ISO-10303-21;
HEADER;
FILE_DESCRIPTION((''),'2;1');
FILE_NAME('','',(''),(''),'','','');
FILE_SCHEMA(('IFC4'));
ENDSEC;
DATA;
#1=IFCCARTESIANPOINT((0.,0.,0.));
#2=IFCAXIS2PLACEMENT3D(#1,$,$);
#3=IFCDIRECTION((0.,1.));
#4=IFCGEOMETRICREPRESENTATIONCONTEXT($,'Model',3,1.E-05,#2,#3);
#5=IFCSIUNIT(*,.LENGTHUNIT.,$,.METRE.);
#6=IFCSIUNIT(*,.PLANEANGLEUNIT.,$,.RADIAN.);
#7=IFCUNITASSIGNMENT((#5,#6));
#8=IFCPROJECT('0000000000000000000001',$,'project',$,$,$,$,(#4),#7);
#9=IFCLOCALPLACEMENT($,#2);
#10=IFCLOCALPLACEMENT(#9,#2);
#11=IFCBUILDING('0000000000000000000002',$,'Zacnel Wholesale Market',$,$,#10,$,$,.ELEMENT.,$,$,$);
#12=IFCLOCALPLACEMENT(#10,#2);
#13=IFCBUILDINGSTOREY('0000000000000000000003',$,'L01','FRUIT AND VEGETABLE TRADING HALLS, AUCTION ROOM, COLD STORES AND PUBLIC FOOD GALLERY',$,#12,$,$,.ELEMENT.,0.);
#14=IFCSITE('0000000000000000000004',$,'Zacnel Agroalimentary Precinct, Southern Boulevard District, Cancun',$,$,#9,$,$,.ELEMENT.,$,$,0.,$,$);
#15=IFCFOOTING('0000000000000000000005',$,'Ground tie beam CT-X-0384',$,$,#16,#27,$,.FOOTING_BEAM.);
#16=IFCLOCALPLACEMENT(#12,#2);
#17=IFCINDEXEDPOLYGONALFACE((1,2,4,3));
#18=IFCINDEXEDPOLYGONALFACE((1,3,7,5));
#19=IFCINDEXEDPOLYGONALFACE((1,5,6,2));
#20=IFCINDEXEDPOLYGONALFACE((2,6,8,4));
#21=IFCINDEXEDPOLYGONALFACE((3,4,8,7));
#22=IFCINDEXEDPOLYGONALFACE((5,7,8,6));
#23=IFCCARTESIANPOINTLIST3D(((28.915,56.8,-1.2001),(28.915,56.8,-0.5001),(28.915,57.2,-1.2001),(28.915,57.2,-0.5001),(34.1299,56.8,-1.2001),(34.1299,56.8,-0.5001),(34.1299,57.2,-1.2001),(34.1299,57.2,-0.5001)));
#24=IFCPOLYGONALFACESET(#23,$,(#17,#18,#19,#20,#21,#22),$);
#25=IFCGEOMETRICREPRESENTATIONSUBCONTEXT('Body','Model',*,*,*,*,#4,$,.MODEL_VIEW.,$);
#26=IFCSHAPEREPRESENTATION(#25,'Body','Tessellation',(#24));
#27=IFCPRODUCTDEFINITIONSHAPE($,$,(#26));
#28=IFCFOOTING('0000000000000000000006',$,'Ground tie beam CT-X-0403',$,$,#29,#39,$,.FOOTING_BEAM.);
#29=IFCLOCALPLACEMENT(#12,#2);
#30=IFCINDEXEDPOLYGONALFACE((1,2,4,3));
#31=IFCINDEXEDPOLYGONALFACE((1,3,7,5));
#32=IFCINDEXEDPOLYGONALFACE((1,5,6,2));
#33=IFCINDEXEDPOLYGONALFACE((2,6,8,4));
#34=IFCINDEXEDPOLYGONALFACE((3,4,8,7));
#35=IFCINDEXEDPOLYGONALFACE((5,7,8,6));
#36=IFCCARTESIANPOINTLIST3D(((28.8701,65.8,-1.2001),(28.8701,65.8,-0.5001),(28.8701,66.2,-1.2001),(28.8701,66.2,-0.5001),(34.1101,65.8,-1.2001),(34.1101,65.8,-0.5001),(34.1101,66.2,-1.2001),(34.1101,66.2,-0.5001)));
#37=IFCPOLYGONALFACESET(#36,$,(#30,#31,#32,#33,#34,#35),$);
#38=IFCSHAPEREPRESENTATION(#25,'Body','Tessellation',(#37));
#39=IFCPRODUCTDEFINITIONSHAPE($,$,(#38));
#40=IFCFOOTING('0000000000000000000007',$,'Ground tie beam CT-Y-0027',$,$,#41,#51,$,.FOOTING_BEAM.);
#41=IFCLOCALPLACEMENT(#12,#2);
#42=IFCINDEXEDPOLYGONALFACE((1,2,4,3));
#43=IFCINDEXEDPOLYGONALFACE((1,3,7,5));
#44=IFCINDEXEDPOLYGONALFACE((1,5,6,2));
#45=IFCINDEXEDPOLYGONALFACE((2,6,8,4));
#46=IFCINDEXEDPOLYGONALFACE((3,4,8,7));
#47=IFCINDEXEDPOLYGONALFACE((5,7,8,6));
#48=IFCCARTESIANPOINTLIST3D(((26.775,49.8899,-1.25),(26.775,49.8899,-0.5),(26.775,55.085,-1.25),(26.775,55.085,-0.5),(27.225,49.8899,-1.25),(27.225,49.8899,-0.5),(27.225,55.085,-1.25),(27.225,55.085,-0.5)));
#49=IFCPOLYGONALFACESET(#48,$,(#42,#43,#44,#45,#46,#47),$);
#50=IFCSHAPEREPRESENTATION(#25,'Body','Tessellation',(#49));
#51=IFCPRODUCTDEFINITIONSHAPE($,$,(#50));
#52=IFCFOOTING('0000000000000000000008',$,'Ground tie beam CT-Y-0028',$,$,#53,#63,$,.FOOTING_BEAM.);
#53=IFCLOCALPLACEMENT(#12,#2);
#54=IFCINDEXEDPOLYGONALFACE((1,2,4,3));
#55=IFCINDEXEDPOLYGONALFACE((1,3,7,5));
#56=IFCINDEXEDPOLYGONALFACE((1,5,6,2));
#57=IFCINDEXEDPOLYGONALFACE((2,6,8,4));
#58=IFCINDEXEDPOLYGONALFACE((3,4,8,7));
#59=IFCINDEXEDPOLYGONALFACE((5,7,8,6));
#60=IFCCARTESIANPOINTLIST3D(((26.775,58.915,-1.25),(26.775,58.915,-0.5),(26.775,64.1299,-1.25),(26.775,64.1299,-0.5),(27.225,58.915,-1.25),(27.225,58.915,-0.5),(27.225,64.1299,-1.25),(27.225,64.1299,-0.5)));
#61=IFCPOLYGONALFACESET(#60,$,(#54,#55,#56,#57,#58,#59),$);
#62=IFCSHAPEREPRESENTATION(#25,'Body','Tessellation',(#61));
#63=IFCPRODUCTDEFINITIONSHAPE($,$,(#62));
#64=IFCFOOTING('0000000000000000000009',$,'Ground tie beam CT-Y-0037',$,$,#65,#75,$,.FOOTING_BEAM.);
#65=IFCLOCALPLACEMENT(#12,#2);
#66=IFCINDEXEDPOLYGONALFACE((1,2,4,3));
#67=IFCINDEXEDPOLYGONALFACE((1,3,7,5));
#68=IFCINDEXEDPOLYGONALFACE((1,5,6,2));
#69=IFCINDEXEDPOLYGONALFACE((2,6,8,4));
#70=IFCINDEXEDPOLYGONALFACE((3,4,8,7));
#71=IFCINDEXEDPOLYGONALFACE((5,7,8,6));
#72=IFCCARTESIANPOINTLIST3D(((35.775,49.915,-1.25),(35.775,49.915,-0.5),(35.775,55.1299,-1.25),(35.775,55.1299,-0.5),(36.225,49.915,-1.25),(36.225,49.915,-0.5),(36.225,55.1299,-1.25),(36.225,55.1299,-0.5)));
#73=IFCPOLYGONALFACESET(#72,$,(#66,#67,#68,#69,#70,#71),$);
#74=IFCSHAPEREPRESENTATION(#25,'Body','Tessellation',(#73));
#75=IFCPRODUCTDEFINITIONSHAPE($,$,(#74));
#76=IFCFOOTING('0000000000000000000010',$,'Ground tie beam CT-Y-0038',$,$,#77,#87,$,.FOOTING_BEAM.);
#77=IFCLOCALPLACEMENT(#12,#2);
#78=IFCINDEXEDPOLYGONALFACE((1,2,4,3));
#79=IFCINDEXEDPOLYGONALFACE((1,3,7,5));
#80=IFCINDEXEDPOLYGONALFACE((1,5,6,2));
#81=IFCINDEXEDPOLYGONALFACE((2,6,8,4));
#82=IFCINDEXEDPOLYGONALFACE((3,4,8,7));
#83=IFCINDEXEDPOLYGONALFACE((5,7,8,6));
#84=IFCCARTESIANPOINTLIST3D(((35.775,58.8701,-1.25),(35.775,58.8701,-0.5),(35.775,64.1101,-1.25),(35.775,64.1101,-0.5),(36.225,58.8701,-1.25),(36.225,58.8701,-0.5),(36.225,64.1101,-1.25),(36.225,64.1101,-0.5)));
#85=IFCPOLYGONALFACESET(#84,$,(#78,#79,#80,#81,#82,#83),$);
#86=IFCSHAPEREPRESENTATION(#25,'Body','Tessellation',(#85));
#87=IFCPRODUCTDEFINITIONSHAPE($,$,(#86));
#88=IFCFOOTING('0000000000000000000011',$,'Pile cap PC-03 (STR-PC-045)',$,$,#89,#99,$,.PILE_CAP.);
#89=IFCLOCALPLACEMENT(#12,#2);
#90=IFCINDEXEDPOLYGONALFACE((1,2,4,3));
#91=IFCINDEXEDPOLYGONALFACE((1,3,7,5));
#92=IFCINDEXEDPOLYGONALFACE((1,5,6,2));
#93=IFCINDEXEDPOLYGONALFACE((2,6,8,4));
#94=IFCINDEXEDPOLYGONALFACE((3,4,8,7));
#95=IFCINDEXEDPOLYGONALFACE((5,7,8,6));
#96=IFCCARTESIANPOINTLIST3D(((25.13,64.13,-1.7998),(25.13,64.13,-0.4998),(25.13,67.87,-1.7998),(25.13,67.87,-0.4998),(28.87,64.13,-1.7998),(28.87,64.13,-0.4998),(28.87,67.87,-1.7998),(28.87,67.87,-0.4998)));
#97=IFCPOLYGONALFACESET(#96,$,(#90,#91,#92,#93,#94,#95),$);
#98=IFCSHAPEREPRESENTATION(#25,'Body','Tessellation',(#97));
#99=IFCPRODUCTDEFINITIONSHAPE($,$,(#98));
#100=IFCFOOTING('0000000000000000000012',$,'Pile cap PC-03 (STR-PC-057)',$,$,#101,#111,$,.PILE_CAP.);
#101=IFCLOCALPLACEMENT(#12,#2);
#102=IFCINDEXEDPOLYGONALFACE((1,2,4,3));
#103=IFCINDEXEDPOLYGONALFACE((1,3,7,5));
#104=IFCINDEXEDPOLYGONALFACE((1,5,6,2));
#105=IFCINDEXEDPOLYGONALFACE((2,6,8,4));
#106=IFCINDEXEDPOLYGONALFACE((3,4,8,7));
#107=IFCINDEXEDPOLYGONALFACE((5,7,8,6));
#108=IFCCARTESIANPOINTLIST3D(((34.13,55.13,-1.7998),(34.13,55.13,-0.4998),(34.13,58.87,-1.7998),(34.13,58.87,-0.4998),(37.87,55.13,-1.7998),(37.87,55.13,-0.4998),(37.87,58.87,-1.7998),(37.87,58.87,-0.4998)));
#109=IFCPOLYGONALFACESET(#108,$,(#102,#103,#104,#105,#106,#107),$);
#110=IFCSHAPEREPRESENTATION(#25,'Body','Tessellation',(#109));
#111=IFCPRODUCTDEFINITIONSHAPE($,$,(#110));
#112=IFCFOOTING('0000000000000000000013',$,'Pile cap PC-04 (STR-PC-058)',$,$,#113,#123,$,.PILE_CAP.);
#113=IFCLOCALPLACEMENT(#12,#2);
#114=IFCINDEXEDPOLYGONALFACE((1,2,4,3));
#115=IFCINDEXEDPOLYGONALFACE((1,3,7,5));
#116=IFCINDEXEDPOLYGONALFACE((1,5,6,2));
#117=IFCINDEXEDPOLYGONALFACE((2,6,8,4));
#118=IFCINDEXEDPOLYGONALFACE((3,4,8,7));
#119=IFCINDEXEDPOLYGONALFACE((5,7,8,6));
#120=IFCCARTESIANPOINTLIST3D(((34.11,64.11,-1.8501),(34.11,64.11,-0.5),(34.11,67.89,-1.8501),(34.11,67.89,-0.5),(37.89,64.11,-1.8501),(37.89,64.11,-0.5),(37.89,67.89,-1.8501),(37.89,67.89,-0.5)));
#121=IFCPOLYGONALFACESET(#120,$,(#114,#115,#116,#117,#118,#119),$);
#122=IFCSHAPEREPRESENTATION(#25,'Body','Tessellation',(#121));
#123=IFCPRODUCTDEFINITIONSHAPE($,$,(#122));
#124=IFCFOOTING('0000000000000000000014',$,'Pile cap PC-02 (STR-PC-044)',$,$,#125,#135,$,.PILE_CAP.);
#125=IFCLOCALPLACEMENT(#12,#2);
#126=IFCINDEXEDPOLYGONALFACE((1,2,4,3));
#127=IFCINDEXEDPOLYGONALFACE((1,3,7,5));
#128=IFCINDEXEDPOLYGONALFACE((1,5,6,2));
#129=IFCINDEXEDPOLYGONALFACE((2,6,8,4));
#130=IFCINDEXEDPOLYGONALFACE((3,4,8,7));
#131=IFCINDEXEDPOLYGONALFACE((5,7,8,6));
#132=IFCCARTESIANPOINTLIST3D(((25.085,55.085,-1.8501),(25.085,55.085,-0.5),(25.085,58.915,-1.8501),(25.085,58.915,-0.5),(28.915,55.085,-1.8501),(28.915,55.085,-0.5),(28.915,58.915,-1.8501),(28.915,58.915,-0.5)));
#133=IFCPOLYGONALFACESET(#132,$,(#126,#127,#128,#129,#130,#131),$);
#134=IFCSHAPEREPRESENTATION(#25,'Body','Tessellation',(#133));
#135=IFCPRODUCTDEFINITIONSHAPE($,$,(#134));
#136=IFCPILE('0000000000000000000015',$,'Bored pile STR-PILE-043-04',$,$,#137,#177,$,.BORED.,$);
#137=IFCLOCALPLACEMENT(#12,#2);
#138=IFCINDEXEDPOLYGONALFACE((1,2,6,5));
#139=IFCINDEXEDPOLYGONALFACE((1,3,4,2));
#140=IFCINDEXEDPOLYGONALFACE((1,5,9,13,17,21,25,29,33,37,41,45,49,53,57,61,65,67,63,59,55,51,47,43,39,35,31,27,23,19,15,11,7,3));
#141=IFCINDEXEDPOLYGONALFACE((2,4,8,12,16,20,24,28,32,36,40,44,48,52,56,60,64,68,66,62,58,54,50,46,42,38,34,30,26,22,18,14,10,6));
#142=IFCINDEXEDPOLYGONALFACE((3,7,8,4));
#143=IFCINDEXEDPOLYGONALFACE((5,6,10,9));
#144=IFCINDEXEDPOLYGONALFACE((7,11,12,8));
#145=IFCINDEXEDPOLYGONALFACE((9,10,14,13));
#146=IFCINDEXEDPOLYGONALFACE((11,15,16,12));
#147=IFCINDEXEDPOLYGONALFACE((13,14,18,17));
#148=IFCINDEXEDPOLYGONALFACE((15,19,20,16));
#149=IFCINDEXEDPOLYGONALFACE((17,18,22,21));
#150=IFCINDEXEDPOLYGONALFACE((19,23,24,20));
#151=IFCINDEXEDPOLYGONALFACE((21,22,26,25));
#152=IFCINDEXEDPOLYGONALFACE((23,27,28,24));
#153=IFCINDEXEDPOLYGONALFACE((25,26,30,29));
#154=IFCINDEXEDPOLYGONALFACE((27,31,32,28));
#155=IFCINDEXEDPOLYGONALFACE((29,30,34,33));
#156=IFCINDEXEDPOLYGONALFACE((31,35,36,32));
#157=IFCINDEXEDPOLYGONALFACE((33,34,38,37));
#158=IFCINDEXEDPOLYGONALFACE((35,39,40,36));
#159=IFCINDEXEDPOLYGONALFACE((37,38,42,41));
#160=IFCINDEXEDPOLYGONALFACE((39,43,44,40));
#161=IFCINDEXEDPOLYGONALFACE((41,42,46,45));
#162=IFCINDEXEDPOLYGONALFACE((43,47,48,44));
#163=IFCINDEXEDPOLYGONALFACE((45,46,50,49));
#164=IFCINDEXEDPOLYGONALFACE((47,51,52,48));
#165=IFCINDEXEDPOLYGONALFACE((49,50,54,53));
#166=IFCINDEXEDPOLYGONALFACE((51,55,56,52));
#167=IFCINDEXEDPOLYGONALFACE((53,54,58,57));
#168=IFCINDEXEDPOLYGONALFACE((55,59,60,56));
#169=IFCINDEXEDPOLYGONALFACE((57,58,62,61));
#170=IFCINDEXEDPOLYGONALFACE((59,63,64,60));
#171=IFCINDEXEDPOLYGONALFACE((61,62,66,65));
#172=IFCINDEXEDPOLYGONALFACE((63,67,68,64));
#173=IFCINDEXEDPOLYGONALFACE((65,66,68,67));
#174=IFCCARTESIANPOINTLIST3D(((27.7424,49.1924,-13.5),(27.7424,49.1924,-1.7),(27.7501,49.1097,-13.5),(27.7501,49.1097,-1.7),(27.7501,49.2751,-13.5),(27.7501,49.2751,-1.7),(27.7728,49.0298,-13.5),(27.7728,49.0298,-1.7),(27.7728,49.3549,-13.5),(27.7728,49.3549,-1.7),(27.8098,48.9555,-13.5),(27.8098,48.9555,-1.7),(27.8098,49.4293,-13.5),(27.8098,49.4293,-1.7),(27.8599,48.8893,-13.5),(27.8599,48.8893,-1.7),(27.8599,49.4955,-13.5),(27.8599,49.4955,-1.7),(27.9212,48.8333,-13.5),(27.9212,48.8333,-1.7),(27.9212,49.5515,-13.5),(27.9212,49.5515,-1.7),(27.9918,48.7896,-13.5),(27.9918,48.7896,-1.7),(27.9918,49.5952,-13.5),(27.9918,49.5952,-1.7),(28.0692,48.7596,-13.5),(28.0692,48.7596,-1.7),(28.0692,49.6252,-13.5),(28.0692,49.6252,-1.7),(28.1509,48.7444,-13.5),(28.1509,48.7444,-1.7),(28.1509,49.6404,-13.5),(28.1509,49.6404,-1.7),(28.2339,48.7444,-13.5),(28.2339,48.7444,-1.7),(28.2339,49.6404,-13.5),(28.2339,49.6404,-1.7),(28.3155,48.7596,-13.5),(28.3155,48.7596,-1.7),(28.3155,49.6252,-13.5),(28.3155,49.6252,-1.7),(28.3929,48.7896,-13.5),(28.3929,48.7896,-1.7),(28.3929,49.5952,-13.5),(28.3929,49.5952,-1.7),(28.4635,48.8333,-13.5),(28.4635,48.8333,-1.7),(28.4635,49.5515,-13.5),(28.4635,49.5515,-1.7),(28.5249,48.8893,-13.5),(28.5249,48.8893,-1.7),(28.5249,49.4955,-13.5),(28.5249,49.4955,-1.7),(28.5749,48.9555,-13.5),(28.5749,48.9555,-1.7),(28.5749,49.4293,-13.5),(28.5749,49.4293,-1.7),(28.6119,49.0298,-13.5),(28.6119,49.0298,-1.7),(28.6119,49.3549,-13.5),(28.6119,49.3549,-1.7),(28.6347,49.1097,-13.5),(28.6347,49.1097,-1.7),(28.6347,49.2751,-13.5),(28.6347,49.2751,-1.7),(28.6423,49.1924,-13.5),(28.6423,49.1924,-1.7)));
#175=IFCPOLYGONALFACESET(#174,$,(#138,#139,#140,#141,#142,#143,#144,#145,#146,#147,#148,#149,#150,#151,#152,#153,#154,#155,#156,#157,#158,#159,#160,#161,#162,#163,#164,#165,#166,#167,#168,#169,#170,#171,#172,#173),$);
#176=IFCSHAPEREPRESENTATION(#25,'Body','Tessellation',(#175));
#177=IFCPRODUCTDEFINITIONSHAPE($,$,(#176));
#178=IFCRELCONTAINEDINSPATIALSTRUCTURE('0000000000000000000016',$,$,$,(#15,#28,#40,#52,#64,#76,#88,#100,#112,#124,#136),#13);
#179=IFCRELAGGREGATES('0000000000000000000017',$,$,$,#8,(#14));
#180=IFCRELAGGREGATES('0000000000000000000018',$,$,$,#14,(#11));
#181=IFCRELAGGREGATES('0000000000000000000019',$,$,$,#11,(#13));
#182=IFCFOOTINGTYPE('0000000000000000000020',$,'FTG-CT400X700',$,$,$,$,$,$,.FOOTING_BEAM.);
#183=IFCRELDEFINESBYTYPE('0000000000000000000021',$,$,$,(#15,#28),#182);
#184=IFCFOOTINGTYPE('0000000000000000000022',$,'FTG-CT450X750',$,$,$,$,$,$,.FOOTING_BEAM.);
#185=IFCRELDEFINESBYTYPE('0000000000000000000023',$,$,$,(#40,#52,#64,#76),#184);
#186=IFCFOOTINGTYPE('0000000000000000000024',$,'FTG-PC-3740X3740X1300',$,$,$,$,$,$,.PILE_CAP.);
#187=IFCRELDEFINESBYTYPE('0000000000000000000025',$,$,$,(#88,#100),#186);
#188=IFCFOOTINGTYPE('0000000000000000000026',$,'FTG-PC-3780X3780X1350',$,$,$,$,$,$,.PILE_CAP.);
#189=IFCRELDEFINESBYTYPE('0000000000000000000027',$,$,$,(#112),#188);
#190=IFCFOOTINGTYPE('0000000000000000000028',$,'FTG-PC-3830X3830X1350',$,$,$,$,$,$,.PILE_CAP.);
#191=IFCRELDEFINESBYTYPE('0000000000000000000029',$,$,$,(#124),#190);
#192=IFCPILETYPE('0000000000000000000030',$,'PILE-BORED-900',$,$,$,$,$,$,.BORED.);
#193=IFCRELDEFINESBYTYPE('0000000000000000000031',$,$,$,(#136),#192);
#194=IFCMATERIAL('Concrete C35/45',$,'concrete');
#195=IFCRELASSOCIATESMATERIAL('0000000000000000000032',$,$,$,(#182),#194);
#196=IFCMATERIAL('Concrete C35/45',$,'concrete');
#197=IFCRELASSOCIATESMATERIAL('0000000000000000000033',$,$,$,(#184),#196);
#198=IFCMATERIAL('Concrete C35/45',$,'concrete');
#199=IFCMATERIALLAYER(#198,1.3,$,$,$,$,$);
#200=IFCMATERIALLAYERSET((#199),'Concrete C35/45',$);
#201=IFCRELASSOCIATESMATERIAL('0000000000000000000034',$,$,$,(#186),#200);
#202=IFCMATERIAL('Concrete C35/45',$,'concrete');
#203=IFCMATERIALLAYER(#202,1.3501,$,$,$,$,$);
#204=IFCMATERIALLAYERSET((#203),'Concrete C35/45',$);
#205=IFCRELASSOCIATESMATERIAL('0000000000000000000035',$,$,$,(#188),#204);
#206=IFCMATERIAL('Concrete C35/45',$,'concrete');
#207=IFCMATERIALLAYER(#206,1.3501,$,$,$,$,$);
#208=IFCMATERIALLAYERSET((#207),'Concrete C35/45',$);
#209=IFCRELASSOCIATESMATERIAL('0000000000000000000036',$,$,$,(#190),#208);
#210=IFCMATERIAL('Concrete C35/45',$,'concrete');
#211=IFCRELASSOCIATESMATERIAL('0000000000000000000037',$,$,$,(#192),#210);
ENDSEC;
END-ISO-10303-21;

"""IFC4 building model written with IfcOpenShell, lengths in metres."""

from ifc_helpers import new_model, si_unit, direction, frame, origin, origin_2d, place, context, subcontext, project, spatial, rectangle, circle, extrude, material, layer, layer_set, material_profile, profile_set, type_object, element, save


model = new_model("IFC4")

# Units and contexts
model_context = context("Model", 3, precision=1e-05, world=origin(), true_north=direction((0.0, 1.0)))
body_context = subcontext(model_context, "Body", "Model", "MODEL_VIEW")
ifc_project = project(units=[si_unit("LENGTHUNIT", "METRE"), si_unit("PLANEANGLEUNIT", "RADIAN")], contexts=[model_context])

# Site, building, storey
site_placement = place(None, origin())
site = spatial("IfcSite", under=ifc_project, at=site_placement, Name="Zacnel Agroalimentary Precinct, Southern Boulevard District, Cancun", CompositionType="ELEMENT", RefElevation=0.0)
building_placement = place(site_placement, origin())
building = spatial("IfcBuilding", under=site, at=building_placement, Name="Zacnel Wholesale Market", CompositionType="ELEMENT")
storey_placement = place(building_placement, origin())
storey = spatial("IfcBuildingStorey", under=building, at=storey_placement, Name="L01", Description="FRUIT AND VEGETABLE TRADING HALLS, AUCTION ROOM, COLD STORES AND PUBLIC FOOD GALLERY", CompositionType="ELEMENT", Elevation=0.0)

# Footings
ifc_material_1 = material(Name="Concrete C35/45", Category="concrete")
ifc_material_profile_1 = material_profile(ifc_material_1, rectangle(XDim=0.3999, YDim=0.7, at=origin_2d()), Name="CT 400x700")
ifc_profile_set_1 = profile_set([ifc_material_profile_1], Name="Concrete C35/45")
footing_type_1 = type_object("IfcFootingType", Name="FTG-CT400X700", PredefinedType="FOOTING_BEAM", material=ifc_profile_set_1)
footing_1_placement = place(storey_placement, frame((28.915, 57.0, -0.8501), z_axis=(1.0, 0.0, 0.0), x_axis=(0.0, 1.0, 0.0)))
element("IfcFooting", 1, at=footing_1_placement, inside=storey, type_object=footing_type_1, Name="Ground tie beam CT-X-0384", PredefinedType="FOOTING_BEAM", context=body_context, shape_type="SweptSolid", body=[
    extrude(rectangle(XDim=0.3999, YDim=0.7, at=origin_2d()), origin(), (0.0, 0.0, 1.0), 5.2148),
])
footing_2_placement = place(storey_placement, frame((28.8701, 66.0, -0.8501), z_axis=(1.0, 0.0, 0.0), x_axis=(0.0, 1.0, 0.0)))
element("IfcFooting", 2, at=footing_2_placement, inside=storey, type_object=footing_type_1, Name="Ground tie beam CT-X-0403", PredefinedType="FOOTING_BEAM", context=body_context, shape_type="SweptSolid", body=[
    extrude(rectangle(XDim=0.3999, YDim=0.7, at=origin_2d()), origin(), (0.0, 0.0, 1.0), 5.24),
])
ifc_material_2 = material(Name="Concrete C35/45", Category="concrete")
ifc_material_profile_2 = material_profile(ifc_material_2, rectangle(XDim=0.45, YDim=0.75, at=origin_2d()), Name="CT 450x750")
ifc_profile_set_2 = profile_set([ifc_material_profile_2], Name="Concrete C35/45")
footing_type_2 = type_object("IfcFootingType", Name="FTG-CT450X750", PredefinedType="FOOTING_BEAM", material=ifc_profile_set_2)
footing_3_placement = place(storey_placement, frame((27.0, 49.8899, -0.875), z_axis=(0.0, 1.0, 0.0), x_axis=(-1.0, 0.0, 0.0)))
element("IfcFooting", 3, at=footing_3_placement, inside=storey, type_object=footing_type_2, Name="Ground tie beam CT-Y-0027", PredefinedType="FOOTING_BEAM", context=body_context, shape_type="SweptSolid", body=[
    extrude(rectangle(XDim=0.45, YDim=0.75, at=origin_2d()), origin(), (0.0, 0.0, 1.0), 5.1951),
])
for number, where, z_axis, x_axis, name in (
    (4, (27.0, 58.915, -0.875), (0.0, 1.0, 0.0), (-1.0, 0.0, 0.0), "Ground tie beam CT-Y-0028"),
    (5, (36.0, 49.915, -0.875), (0.0, 1.0, 0.0), (-1.0, 0.0, 0.0), "Ground tie beam CT-Y-0037"),
):
    element("IfcFooting", number, at=place(storey_placement, frame(where, z_axis=z_axis, x_axis=x_axis)), inside=storey, type_object=footing_type_2, Name=name, PredefinedType="FOOTING_BEAM", context=body_context, shape_type="SweptSolid", body=[
        extrude(rectangle(XDim=0.45, YDim=0.75, at=origin_2d()), origin(), (0.0, 0.0, 1.0), 5.2148),
    ])
footing_4_placement = place(storey_placement, frame((36.0, 58.8701, -0.875), z_axis=(0.0, 1.0, 0.0), x_axis=(-1.0, 0.0, 0.0)))
element("IfcFooting", 6, at=footing_4_placement, inside=storey, type_object=footing_type_2, Name="Ground tie beam CT-Y-0038", PredefinedType="FOOTING_BEAM", context=body_context, shape_type="SweptSolid", body=[
    extrude(rectangle(XDim=0.45, YDim=0.75, at=origin_2d()), origin(), (0.0, 0.0, 1.0), 5.24),
])
ifc_material_3 = material(Name="Concrete C35/45", Category="concrete")
ifc_layer_1 = layer(ifc_material_3, 1.3)
ifc_layer_set_1 = layer_set([ifc_layer_1], Name="Concrete C35/45")
footing_type_3 = type_object("IfcFootingType", Name="FTG-PC-3740X3740X1300", PredefinedType="PILE_CAP", material=ifc_layer_set_1)
for number, where, z_axis, x_axis, name in (
    (7, (27.0, 66.0, -1.7998), (0.0, 0.0, 1.0), (1.0, 0.0, 0.0), "Pile cap PC-03 (STR-PC-045)"),
    (8, (36.0, 57.0, -1.7998), (0.0, 0.0, 1.0), (1.0, 0.0, 0.0), "Pile cap PC-03 (STR-PC-057)"),
):
    element("IfcFooting", number, at=place(storey_placement, frame(where, z_axis=z_axis, x_axis=x_axis)), inside=storey, type_object=footing_type_3, Name=name, PredefinedType="PILE_CAP", context=body_context, shape_type="SweptSolid", body=[
        extrude(rectangle(XDim=3.74, YDim=3.74, at=origin_2d()), origin(), (0.0, 0.0, 1.0), 1.3),
    ])
ifc_material_4 = material(Name="Concrete C35/45", Category="concrete")
ifc_layer_2 = layer(ifc_material_4, 1.3501)
ifc_layer_set_2 = layer_set([ifc_layer_2], Name="Concrete C35/45")
footing_type_4 = type_object("IfcFootingType", Name="FTG-PC-3780X3780X1350", PredefinedType="PILE_CAP", material=ifc_layer_set_2)
footing_5_placement = place(storey_placement, frame((36.0, 66.0, -1.8501), z_axis=(0.0, 0.0, 1.0), x_axis=(1.0, 0.0, 0.0)))
element("IfcFooting", 9, at=footing_5_placement, inside=storey, type_object=footing_type_4, Name="Pile cap PC-04 (STR-PC-058)", PredefinedType="PILE_CAP", context=body_context, shape_type="SweptSolid", body=[
    extrude(rectangle(XDim=3.78, YDim=3.78, at=origin_2d()), origin(), (0.0, 0.0, 1.0), 1.3501),
])
ifc_material_5 = material(Name="Concrete C35/45", Category="concrete")
ifc_layer_3 = layer(ifc_material_5, 1.3501)
ifc_layer_set_3 = layer_set([ifc_layer_3], Name="Concrete C35/45")
footing_type_5 = type_object("IfcFootingType", Name="FTG-PC-3830X3830X1350", PredefinedType="PILE_CAP", material=ifc_layer_set_3)
footing_6_placement = place(storey_placement, frame((27.0, 57.0, -1.8501), z_axis=(0.0, 0.0, 1.0), x_axis=(1.0, 0.0, 0.0)))
element("IfcFooting", 10, at=footing_6_placement, inside=storey, type_object=footing_type_5, Name="Pile cap PC-02 (STR-PC-044)", PredefinedType="PILE_CAP", context=body_context, shape_type="SweptSolid", body=[
    extrude(rectangle(XDim=3.8301, YDim=3.8301, at=origin_2d()), origin(), (0.0, 0.0, 1.0), 1.3501),
])

# Pile
ifc_material_6 = material(Name="Concrete C35/45", Category="concrete")
ifc_material_profile_3 = material_profile(ifc_material_6, circle(Radius=0.45, at=origin_2d()), Name="BORED PILE D900")
ifc_profile_set_3 = profile_set([ifc_material_profile_3], Name="Concrete C35/45")
pile_type = type_object("IfcPileType", Name="PILE-BORED-900", PredefinedType="BORED", material=ifc_profile_set_3)
pile_placement = place(storey_placement, frame((28.1924, 49.1924, -1.7), z_axis=(0.0, 0.0, -1.0), x_axis=(1.0, 0.0, 0.0)))
element("IfcPile", 11, at=pile_placement, inside=storey, type_object=pile_type, Name="Bored pile STR-PILE-043-04", PredefinedType="BORED", context=body_context, shape_type="SweptSolid", body=[
    extrude(circle(Radius=0.45, at=origin_2d()), origin(), (0.0, 0.0, 1.0), 11.8),
])

save(model, "model.ifc")
